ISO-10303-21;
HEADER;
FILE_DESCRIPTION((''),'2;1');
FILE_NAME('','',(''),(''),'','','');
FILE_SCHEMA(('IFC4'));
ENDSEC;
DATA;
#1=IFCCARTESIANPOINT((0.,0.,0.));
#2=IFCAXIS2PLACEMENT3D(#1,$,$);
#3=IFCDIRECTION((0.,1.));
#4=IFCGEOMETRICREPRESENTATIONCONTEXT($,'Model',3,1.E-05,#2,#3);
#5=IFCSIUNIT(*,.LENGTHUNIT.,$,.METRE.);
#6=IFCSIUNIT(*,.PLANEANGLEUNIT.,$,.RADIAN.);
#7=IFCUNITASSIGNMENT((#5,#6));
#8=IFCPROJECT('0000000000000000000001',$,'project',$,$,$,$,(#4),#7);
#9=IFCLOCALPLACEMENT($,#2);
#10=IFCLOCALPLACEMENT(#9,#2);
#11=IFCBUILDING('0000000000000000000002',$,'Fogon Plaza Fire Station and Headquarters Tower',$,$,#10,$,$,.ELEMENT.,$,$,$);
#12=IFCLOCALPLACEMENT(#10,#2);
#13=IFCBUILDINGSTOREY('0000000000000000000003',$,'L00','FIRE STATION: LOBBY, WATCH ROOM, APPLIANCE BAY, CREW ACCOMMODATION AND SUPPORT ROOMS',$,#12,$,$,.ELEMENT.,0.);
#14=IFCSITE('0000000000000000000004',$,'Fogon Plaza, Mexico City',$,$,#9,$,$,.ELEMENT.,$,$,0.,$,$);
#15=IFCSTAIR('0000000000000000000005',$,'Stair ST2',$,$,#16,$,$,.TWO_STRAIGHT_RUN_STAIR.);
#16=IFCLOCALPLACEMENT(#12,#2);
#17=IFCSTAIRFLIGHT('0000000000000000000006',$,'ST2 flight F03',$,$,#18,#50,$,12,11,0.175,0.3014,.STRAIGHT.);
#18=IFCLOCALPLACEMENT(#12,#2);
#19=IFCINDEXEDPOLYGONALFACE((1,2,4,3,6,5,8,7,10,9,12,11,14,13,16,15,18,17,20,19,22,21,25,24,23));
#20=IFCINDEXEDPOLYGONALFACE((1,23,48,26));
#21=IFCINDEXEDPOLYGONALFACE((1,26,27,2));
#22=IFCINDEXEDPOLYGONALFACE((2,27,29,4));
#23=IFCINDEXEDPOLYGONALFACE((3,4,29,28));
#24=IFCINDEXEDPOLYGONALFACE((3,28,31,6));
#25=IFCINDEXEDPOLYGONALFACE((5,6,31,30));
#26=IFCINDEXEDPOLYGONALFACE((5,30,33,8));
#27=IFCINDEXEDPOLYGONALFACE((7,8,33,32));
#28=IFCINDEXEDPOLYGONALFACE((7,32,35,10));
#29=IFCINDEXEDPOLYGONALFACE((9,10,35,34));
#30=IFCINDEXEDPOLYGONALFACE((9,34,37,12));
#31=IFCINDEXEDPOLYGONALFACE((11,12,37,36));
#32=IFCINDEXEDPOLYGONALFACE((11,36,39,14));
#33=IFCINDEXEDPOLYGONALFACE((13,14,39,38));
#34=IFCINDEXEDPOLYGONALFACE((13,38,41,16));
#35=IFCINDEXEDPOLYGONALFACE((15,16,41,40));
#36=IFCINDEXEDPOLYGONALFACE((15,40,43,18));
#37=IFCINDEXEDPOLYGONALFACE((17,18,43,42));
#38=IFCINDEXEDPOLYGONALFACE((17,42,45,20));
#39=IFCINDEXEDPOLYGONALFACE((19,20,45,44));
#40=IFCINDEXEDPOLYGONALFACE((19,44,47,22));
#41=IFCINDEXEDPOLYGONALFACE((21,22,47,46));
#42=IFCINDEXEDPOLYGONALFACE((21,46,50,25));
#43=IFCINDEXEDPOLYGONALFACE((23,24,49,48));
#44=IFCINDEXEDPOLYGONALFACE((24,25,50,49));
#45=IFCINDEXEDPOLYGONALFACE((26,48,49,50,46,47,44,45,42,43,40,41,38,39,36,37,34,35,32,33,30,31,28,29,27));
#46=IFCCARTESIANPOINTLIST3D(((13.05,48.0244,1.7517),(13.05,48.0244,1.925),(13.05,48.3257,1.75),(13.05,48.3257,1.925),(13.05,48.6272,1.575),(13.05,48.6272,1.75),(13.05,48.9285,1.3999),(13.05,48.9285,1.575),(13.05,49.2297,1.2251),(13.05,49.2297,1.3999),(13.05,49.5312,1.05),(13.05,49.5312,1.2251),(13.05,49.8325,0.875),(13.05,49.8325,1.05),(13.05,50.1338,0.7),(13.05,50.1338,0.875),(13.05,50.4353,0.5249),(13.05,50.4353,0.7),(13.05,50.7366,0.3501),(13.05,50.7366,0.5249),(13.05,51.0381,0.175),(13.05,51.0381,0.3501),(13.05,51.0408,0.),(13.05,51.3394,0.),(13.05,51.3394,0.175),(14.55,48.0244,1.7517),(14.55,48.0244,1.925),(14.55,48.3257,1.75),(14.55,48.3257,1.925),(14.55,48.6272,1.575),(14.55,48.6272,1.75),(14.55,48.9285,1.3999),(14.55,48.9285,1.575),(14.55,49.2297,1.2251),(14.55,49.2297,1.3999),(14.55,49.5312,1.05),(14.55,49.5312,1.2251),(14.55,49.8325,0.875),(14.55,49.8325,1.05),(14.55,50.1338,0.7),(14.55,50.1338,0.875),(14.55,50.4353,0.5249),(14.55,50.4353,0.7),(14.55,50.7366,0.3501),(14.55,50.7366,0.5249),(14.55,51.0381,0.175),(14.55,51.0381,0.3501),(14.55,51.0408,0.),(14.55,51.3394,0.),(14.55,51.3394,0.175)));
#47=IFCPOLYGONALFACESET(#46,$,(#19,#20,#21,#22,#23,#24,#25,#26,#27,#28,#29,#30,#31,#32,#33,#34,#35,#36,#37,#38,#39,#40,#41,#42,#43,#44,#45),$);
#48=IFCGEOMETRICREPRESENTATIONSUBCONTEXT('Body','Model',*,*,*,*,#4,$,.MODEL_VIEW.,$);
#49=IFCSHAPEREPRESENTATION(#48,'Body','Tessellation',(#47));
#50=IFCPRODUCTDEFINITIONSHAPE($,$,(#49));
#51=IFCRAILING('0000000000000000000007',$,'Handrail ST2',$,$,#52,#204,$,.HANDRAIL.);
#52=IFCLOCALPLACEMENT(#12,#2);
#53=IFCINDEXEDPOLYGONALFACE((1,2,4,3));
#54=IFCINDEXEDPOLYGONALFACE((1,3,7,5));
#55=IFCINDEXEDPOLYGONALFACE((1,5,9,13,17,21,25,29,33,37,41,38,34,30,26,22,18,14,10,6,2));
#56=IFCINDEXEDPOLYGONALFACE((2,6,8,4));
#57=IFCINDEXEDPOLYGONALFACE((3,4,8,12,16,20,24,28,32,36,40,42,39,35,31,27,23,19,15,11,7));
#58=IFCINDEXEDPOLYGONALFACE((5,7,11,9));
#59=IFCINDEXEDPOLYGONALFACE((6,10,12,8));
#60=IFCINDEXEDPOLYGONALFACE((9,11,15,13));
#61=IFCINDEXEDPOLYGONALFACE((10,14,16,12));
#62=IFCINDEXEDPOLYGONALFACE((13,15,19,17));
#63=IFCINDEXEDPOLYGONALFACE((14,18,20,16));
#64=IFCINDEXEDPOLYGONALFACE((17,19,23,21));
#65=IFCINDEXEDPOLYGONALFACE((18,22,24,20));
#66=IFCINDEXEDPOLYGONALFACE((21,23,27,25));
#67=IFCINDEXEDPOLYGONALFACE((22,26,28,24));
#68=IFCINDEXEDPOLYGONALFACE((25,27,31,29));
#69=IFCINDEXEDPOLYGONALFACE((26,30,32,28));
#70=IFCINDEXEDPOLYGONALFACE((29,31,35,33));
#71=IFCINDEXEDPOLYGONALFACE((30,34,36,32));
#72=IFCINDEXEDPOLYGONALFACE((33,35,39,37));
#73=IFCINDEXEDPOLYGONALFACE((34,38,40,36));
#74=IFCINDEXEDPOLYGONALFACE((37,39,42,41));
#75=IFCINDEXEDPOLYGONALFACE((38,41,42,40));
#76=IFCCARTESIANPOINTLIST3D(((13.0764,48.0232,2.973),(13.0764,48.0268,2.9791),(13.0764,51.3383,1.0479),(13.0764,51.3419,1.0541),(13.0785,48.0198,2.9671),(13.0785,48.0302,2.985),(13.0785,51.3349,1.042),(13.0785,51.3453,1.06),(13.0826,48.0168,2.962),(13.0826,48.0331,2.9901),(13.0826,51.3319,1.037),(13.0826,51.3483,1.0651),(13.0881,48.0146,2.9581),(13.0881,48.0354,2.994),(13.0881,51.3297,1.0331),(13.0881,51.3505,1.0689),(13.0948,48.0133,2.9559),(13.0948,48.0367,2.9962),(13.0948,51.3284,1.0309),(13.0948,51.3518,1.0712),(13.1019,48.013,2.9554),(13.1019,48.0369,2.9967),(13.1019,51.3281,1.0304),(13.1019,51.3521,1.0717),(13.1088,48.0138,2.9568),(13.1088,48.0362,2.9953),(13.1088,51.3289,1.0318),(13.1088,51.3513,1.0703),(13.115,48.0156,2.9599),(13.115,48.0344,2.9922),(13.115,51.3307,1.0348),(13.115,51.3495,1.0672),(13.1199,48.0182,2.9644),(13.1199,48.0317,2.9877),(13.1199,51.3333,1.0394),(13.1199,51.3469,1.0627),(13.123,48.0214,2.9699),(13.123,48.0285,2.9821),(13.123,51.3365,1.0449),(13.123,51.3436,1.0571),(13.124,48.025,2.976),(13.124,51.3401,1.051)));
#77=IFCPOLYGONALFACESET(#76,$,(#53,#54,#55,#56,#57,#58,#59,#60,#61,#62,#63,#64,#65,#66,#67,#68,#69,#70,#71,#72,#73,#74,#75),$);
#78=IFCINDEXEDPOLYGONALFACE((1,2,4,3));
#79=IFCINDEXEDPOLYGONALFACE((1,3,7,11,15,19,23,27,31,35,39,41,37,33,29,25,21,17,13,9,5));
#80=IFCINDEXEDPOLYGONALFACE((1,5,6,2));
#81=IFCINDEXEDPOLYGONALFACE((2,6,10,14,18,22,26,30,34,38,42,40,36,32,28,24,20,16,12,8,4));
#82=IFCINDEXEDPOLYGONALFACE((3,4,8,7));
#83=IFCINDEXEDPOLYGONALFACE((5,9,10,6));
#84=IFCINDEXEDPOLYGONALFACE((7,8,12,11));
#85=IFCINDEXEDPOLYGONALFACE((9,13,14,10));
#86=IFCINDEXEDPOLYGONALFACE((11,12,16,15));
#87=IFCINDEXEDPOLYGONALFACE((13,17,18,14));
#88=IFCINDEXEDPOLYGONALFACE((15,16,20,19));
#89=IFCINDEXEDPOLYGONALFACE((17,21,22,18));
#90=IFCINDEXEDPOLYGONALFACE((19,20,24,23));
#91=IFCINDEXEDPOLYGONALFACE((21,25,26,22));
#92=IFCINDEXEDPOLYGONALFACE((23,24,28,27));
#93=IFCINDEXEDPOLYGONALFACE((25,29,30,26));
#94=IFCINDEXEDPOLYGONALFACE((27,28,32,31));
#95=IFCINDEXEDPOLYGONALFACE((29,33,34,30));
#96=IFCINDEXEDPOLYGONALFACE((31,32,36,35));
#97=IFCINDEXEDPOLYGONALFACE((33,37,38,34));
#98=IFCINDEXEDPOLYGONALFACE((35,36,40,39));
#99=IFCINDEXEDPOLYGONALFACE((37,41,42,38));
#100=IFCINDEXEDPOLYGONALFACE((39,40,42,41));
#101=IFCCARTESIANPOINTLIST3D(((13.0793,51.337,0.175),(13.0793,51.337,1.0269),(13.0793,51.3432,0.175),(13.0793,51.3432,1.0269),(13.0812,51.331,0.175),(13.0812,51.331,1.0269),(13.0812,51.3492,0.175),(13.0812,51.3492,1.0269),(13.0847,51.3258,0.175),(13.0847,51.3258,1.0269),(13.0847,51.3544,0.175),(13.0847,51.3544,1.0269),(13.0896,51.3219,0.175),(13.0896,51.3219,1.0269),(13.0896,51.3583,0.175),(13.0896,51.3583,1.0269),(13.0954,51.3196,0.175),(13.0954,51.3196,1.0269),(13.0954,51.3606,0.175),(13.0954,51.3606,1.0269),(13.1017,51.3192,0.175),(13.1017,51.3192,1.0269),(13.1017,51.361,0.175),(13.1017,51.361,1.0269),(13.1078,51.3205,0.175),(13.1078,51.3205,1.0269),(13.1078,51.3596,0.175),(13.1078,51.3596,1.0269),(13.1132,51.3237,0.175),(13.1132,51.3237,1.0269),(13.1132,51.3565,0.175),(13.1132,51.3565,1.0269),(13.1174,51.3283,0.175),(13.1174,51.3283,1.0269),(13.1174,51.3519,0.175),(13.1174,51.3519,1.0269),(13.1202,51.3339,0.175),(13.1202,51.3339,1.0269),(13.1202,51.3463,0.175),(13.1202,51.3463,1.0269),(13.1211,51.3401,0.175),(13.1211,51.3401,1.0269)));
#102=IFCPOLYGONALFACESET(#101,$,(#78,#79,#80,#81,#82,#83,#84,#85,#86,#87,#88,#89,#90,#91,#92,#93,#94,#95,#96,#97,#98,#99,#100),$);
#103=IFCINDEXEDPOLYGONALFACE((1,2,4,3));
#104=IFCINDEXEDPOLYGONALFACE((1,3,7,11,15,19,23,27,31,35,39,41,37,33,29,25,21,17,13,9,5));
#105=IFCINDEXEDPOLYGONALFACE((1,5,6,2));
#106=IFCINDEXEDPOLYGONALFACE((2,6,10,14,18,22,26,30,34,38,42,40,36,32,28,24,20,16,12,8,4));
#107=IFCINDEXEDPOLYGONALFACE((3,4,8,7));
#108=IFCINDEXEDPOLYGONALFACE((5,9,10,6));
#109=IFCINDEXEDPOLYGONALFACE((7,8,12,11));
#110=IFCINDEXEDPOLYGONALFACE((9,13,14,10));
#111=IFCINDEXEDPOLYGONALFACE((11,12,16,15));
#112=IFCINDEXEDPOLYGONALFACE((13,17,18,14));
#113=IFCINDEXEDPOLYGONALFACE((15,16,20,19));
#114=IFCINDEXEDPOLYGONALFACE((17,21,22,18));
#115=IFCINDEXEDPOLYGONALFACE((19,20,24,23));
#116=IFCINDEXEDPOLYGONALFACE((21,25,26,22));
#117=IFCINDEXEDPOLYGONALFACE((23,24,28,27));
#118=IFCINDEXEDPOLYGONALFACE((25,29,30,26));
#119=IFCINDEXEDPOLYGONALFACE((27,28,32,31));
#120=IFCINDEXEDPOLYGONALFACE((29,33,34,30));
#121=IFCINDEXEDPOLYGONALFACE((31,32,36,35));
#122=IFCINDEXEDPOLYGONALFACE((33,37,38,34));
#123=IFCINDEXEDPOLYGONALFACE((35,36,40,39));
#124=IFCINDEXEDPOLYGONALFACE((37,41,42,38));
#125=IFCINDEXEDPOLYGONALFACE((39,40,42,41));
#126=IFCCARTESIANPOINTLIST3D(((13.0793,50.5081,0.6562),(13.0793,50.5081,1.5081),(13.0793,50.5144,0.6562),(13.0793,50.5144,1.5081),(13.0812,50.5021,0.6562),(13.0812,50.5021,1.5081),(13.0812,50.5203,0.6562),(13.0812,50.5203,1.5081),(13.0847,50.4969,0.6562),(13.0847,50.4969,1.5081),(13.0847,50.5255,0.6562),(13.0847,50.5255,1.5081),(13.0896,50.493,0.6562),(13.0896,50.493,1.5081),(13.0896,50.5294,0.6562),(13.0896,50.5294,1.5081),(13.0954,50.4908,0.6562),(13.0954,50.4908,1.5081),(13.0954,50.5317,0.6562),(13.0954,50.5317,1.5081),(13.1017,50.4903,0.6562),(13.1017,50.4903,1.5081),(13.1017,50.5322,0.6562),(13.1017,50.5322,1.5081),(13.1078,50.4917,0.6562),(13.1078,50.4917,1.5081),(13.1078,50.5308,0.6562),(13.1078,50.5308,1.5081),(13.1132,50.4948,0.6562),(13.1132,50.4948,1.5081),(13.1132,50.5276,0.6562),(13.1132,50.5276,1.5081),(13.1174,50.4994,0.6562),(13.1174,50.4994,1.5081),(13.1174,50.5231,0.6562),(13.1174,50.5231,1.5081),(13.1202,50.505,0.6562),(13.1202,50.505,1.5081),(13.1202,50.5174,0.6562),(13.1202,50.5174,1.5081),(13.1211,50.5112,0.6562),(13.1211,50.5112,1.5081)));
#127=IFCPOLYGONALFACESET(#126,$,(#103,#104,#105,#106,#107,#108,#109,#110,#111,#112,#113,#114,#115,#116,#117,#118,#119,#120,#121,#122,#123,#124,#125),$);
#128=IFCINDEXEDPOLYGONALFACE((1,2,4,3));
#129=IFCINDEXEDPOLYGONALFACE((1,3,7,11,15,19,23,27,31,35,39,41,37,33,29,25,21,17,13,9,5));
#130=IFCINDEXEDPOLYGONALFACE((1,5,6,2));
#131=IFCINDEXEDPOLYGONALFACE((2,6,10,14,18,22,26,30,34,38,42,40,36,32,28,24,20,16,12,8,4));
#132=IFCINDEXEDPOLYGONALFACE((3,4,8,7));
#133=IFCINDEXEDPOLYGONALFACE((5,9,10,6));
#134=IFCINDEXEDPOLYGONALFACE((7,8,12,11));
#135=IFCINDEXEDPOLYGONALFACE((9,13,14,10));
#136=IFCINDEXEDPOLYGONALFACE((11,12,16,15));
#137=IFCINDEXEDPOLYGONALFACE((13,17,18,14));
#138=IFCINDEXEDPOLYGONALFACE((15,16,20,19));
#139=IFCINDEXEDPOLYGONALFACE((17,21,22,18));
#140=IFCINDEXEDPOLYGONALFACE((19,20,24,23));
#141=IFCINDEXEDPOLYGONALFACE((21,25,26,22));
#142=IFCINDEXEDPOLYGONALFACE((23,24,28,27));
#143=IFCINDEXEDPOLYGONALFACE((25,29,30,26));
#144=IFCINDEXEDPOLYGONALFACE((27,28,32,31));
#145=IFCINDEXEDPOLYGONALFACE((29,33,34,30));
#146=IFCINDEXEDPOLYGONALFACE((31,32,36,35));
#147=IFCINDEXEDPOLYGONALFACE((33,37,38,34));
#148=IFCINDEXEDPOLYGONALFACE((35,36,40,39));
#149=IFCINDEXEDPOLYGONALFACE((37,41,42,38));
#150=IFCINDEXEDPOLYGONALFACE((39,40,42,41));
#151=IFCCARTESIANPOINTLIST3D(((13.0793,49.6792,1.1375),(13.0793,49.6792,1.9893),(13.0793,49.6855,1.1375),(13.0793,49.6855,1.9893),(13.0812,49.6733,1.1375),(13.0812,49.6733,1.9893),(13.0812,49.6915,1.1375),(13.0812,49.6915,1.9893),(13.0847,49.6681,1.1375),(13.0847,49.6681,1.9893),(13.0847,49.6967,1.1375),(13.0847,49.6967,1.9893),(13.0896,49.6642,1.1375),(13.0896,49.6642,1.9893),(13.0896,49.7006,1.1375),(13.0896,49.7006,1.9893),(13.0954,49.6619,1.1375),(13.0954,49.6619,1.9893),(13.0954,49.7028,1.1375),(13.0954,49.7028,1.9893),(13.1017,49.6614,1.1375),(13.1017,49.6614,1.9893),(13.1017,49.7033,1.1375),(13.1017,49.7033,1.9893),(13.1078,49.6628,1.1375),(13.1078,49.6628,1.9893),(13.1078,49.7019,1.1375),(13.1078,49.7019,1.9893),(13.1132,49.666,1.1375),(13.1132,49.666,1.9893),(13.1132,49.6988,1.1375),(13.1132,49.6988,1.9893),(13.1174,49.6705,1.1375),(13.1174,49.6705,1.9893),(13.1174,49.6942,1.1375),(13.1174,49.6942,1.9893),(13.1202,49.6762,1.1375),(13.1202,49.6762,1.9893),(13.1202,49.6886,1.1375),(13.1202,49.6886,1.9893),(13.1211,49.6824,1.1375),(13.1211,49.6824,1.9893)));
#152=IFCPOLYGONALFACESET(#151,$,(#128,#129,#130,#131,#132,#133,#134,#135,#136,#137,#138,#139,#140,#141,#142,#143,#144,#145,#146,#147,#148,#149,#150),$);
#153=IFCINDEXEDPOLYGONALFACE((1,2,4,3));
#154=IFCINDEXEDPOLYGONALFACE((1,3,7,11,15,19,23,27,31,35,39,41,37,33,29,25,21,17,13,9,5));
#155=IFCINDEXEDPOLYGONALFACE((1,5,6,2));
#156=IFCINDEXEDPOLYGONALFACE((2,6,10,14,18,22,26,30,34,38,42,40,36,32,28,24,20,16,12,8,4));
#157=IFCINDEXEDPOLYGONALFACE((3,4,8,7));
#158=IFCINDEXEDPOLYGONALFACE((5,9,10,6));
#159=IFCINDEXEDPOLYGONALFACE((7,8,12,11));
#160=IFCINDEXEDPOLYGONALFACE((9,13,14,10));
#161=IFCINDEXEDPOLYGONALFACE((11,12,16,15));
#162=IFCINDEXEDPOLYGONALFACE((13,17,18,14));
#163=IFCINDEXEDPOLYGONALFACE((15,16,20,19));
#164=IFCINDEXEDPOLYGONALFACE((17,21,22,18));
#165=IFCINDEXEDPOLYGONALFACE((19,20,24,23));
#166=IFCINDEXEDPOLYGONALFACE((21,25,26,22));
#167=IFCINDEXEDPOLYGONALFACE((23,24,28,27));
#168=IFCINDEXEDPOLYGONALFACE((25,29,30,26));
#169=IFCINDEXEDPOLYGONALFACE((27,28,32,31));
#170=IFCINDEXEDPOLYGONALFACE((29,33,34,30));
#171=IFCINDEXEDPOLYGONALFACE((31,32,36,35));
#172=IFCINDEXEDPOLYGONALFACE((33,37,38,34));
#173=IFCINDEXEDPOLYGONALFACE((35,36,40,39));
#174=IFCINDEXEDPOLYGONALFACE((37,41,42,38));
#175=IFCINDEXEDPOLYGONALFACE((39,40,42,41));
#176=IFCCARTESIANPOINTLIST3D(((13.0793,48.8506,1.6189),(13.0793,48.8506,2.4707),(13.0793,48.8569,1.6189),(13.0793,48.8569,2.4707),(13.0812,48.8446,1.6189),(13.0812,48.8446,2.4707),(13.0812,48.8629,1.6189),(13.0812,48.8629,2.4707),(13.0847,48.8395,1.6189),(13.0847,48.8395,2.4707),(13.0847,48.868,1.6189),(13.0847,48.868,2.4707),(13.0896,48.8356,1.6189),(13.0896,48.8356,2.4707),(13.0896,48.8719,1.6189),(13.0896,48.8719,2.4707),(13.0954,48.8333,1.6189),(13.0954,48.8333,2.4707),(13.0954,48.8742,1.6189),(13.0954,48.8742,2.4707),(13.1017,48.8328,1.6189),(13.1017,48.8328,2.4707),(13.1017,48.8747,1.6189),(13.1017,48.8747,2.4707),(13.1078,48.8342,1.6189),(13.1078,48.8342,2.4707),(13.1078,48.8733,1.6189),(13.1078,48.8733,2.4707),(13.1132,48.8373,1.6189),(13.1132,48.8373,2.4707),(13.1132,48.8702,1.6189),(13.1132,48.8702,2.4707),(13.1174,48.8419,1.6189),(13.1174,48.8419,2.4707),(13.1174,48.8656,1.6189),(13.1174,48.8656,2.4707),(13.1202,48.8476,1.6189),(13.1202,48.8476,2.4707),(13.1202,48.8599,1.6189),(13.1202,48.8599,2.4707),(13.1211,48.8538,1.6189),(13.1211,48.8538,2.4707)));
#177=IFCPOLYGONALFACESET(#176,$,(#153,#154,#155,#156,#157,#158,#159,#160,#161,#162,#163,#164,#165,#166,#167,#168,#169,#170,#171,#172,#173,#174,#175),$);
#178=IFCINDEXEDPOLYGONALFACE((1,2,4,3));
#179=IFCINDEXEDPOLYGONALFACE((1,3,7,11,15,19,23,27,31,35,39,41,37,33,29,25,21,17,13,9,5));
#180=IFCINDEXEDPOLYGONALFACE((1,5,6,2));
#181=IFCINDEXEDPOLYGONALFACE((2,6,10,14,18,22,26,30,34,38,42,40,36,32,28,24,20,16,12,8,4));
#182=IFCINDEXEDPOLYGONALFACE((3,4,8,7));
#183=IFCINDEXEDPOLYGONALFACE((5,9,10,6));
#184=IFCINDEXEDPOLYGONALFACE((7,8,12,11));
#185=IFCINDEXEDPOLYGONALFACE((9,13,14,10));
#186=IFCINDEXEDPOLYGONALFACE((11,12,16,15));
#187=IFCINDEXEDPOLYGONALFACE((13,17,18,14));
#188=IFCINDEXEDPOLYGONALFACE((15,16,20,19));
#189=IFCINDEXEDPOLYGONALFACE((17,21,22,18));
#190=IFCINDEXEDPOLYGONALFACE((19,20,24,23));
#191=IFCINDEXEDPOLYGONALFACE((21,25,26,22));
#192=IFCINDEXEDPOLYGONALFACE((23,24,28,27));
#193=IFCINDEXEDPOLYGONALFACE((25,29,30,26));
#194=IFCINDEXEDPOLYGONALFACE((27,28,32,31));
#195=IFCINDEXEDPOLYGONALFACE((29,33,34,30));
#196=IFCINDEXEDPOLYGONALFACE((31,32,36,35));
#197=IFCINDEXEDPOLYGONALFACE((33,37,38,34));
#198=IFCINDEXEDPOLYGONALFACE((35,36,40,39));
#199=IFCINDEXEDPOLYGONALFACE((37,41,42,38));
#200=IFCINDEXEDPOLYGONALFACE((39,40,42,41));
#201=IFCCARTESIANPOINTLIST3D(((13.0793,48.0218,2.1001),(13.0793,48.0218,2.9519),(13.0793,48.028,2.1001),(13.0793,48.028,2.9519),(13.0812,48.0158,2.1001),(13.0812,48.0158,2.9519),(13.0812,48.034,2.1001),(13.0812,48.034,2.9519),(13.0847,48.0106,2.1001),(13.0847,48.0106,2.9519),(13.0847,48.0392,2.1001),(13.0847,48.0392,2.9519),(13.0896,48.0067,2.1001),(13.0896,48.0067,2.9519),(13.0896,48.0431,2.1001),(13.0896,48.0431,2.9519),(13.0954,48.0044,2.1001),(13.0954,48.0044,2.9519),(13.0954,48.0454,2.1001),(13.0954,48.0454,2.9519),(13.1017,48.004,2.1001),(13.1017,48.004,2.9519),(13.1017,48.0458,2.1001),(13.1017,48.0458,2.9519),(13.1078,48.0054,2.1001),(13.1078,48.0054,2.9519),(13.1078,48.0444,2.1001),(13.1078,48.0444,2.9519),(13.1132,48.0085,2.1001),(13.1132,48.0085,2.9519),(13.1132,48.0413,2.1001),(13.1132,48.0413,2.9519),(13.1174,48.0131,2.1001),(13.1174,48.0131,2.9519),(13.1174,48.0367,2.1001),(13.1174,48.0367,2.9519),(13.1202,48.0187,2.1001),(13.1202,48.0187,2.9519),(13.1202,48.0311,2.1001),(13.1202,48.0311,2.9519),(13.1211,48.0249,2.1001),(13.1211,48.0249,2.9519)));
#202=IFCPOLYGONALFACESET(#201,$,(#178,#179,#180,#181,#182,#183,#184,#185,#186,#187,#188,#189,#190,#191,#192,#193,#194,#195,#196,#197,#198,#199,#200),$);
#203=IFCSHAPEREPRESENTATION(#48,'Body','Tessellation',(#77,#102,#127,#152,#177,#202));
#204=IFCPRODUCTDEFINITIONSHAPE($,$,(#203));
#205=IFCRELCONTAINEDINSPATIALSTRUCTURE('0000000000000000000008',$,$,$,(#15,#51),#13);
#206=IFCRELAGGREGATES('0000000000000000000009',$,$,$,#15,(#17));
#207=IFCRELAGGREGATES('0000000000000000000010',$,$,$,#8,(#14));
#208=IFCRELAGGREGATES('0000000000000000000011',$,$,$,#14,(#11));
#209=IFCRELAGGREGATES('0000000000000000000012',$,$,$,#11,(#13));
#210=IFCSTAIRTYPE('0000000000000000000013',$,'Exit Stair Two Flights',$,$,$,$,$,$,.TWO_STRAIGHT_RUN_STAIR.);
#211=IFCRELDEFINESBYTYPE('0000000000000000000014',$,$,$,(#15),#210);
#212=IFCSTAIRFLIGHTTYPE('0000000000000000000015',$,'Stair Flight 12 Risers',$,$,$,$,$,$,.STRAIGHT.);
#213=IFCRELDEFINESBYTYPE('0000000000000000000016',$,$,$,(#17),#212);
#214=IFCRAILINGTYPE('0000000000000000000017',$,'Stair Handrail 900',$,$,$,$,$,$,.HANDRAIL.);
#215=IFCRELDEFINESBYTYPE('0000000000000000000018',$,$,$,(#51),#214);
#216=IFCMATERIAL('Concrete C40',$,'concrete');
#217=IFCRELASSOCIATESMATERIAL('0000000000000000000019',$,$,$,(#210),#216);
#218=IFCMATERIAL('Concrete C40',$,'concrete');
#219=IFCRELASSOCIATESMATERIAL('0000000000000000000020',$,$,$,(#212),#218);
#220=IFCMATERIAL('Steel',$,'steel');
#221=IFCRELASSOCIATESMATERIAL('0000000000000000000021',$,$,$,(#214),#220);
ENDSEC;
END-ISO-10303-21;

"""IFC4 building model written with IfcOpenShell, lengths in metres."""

from ifc_helpers import new_model, si_unit, direction, frame, origin, origin_2d, place, context, subcontext, project, spatial, polyline, circle, outline, extrude, material, type_object, element, aggregate, save


model = new_model("IFC4")

# Units and contexts
model_context = context("Model", 3, precision=1e-05, world=origin(), true_north=direction((0.0, 1.0)))
body_context = subcontext(model_context, "Body", "Model", "MODEL_VIEW")
ifc_project = project(units=[si_unit("LENGTHUNIT", "METRE"), si_unit("PLANEANGLEUNIT", "RADIAN")], contexts=[model_context])

# Site, building, storey
site_placement = place(None, origin())
site = spatial("IfcSite", under=ifc_project, at=site_placement, Name="Fogon Plaza, Mexico City", CompositionType="ELEMENT", RefElevation=0.0)
building_placement = place(site_placement, origin())
building = spatial("IfcBuilding", under=site, at=building_placement, Name="Fogon Plaza Fire Station and Headquarters Tower", CompositionType="ELEMENT")
storey_placement = place(building_placement, origin())
storey = spatial("IfcBuildingStorey", under=building, at=storey_placement, Name="L00", Description="FIRE STATION: LOBBY, WATCH ROOM, APPLIANCE BAY, CREW ACCOMMODATION AND SUPPORT ROOMS", CompositionType="ELEMENT", Elevation=0.0)

# Stair, stair flight
ifc_material_1 = material(Name="Concrete C40", Category="concrete")
stair_type = type_object("IfcStairType", Name="Exit Stair Two Flights", PredefinedType="TWO_STRAIGHT_RUN_STAIR", material=ifc_material_1)
stair_placement = place(storey_placement, origin())
stair = element("IfcStair", 1, at=stair_placement, inside=storey, type_object=stair_type, Name="Stair ST2", PredefinedType="TWO_STRAIGHT_RUN_STAIR")
ifc_material_2 = material(Name="Concrete C40", Category="concrete")
stair_flight_type = type_object("IfcStairFlightType", Name="Stair Flight 12 Risers", PredefinedType="STRAIGHT", material=ifc_material_2)
stair_flight_placement = place(storey_placement, frame((13.8, 51.3394, 0.0), z_axis=(0.0, 0.0, 1.0), x_axis=(0.0, -1.0, 0.0)))
stair_flight = element("IfcStairFlight", 2, at=stair_flight_placement, type_object=stair_flight_type, Name="ST2 flight F03", NumberOfRisers=12, NumberOfTreads=11, PredefinedType="STRAIGHT", RiserHeight=0.175, TreadLength=0.3014, context=body_context, shape_type="SweptSolid", body=[
    extrude(outline(polyline([(0.0, 0.0), (0.0, 0.175), (0.3013, 0.175), (0.3013, 0.3501), (0.6028, 0.3501), (0.6028, 0.5249), (0.9041, 0.5249), (0.9041, 0.7), (1.2056, 0.7), (1.2056, 0.875), (1.5068, 0.875), (1.5068, 1.05), (1.8081, 1.05), (1.8081, 1.2251), (2.1096, 1.2251), (2.1096, 1.3999), (2.4109, 1.3999), (2.4109, 1.575), (2.7122, 1.575), (2.7122, 1.75), (3.0137, 1.75), (3.0137, 1.925), (3.3149, 1.925), (3.3149, 2.1001), (3.3149, 1.7517), (0.2986, 0.0), (0.0, 0.0)])), frame((0.0, 0.75, 0.0), z_axis=(0.0, -1.0, 0.0), x_axis=(1.0, 0.0, 0.0)), (0.0, 0.0, 1.0), 1.5),
])
aggregate(stair, [stair_flight])

# Railing
ifc_material_3 = material(Name="Steel", Category="steel")
railing_type_1 = type_object("IfcRailingType", Name="Stair Handrail 900", PredefinedType="HANDRAIL", material=ifc_material_3)
railing_1_placement = place(storey_placement, frame((13.1001, 51.3401, 0.175)))
element("IfcRailing", 3, at=railing_1_placement, inside=storey, type_object=railing_type_1, Name="Handrail ST2", PredefinedType="HANDRAIL", context=body_context, shape_type="SweptSolid", body=[
    extrude(circle(Radius=0.0239, at=origin_2d()), frame((0.0, 0.0, 0.876), z_axis=(0.0, -0.864777, 0.502155), x_axis=(1.0, 0.0, 0.0)), (0.0, 0.0, 1.0), 3.8335),
    extrude(circle(Radius=0.021, at=origin_2d()), origin(), (0.0, 0.0, 1.0), 0.8518),
    extrude(circle(Radius=0.021, at=origin_2d()), frame((0.0, -0.8289, 0.4812)), (0.0, 0.0, 1.0), 0.8518),
    extrude(circle(Radius=0.021, at=origin_2d()), frame((0.0, -1.6577, 0.9624)), (0.0, 0.0, 1.0), 0.8518),
    extrude(circle(Radius=0.021, at=origin_2d()), frame((0.0, -2.4863, 1.4438)), (0.0, 0.0, 1.0), 0.8518),
    extrude(circle(Radius=0.021, at=origin_2d()), frame((0.0, -3.3152, 1.925)), (0.0, 0.0, 1.0), 0.8518),
])

save(model, "model.ifc")
